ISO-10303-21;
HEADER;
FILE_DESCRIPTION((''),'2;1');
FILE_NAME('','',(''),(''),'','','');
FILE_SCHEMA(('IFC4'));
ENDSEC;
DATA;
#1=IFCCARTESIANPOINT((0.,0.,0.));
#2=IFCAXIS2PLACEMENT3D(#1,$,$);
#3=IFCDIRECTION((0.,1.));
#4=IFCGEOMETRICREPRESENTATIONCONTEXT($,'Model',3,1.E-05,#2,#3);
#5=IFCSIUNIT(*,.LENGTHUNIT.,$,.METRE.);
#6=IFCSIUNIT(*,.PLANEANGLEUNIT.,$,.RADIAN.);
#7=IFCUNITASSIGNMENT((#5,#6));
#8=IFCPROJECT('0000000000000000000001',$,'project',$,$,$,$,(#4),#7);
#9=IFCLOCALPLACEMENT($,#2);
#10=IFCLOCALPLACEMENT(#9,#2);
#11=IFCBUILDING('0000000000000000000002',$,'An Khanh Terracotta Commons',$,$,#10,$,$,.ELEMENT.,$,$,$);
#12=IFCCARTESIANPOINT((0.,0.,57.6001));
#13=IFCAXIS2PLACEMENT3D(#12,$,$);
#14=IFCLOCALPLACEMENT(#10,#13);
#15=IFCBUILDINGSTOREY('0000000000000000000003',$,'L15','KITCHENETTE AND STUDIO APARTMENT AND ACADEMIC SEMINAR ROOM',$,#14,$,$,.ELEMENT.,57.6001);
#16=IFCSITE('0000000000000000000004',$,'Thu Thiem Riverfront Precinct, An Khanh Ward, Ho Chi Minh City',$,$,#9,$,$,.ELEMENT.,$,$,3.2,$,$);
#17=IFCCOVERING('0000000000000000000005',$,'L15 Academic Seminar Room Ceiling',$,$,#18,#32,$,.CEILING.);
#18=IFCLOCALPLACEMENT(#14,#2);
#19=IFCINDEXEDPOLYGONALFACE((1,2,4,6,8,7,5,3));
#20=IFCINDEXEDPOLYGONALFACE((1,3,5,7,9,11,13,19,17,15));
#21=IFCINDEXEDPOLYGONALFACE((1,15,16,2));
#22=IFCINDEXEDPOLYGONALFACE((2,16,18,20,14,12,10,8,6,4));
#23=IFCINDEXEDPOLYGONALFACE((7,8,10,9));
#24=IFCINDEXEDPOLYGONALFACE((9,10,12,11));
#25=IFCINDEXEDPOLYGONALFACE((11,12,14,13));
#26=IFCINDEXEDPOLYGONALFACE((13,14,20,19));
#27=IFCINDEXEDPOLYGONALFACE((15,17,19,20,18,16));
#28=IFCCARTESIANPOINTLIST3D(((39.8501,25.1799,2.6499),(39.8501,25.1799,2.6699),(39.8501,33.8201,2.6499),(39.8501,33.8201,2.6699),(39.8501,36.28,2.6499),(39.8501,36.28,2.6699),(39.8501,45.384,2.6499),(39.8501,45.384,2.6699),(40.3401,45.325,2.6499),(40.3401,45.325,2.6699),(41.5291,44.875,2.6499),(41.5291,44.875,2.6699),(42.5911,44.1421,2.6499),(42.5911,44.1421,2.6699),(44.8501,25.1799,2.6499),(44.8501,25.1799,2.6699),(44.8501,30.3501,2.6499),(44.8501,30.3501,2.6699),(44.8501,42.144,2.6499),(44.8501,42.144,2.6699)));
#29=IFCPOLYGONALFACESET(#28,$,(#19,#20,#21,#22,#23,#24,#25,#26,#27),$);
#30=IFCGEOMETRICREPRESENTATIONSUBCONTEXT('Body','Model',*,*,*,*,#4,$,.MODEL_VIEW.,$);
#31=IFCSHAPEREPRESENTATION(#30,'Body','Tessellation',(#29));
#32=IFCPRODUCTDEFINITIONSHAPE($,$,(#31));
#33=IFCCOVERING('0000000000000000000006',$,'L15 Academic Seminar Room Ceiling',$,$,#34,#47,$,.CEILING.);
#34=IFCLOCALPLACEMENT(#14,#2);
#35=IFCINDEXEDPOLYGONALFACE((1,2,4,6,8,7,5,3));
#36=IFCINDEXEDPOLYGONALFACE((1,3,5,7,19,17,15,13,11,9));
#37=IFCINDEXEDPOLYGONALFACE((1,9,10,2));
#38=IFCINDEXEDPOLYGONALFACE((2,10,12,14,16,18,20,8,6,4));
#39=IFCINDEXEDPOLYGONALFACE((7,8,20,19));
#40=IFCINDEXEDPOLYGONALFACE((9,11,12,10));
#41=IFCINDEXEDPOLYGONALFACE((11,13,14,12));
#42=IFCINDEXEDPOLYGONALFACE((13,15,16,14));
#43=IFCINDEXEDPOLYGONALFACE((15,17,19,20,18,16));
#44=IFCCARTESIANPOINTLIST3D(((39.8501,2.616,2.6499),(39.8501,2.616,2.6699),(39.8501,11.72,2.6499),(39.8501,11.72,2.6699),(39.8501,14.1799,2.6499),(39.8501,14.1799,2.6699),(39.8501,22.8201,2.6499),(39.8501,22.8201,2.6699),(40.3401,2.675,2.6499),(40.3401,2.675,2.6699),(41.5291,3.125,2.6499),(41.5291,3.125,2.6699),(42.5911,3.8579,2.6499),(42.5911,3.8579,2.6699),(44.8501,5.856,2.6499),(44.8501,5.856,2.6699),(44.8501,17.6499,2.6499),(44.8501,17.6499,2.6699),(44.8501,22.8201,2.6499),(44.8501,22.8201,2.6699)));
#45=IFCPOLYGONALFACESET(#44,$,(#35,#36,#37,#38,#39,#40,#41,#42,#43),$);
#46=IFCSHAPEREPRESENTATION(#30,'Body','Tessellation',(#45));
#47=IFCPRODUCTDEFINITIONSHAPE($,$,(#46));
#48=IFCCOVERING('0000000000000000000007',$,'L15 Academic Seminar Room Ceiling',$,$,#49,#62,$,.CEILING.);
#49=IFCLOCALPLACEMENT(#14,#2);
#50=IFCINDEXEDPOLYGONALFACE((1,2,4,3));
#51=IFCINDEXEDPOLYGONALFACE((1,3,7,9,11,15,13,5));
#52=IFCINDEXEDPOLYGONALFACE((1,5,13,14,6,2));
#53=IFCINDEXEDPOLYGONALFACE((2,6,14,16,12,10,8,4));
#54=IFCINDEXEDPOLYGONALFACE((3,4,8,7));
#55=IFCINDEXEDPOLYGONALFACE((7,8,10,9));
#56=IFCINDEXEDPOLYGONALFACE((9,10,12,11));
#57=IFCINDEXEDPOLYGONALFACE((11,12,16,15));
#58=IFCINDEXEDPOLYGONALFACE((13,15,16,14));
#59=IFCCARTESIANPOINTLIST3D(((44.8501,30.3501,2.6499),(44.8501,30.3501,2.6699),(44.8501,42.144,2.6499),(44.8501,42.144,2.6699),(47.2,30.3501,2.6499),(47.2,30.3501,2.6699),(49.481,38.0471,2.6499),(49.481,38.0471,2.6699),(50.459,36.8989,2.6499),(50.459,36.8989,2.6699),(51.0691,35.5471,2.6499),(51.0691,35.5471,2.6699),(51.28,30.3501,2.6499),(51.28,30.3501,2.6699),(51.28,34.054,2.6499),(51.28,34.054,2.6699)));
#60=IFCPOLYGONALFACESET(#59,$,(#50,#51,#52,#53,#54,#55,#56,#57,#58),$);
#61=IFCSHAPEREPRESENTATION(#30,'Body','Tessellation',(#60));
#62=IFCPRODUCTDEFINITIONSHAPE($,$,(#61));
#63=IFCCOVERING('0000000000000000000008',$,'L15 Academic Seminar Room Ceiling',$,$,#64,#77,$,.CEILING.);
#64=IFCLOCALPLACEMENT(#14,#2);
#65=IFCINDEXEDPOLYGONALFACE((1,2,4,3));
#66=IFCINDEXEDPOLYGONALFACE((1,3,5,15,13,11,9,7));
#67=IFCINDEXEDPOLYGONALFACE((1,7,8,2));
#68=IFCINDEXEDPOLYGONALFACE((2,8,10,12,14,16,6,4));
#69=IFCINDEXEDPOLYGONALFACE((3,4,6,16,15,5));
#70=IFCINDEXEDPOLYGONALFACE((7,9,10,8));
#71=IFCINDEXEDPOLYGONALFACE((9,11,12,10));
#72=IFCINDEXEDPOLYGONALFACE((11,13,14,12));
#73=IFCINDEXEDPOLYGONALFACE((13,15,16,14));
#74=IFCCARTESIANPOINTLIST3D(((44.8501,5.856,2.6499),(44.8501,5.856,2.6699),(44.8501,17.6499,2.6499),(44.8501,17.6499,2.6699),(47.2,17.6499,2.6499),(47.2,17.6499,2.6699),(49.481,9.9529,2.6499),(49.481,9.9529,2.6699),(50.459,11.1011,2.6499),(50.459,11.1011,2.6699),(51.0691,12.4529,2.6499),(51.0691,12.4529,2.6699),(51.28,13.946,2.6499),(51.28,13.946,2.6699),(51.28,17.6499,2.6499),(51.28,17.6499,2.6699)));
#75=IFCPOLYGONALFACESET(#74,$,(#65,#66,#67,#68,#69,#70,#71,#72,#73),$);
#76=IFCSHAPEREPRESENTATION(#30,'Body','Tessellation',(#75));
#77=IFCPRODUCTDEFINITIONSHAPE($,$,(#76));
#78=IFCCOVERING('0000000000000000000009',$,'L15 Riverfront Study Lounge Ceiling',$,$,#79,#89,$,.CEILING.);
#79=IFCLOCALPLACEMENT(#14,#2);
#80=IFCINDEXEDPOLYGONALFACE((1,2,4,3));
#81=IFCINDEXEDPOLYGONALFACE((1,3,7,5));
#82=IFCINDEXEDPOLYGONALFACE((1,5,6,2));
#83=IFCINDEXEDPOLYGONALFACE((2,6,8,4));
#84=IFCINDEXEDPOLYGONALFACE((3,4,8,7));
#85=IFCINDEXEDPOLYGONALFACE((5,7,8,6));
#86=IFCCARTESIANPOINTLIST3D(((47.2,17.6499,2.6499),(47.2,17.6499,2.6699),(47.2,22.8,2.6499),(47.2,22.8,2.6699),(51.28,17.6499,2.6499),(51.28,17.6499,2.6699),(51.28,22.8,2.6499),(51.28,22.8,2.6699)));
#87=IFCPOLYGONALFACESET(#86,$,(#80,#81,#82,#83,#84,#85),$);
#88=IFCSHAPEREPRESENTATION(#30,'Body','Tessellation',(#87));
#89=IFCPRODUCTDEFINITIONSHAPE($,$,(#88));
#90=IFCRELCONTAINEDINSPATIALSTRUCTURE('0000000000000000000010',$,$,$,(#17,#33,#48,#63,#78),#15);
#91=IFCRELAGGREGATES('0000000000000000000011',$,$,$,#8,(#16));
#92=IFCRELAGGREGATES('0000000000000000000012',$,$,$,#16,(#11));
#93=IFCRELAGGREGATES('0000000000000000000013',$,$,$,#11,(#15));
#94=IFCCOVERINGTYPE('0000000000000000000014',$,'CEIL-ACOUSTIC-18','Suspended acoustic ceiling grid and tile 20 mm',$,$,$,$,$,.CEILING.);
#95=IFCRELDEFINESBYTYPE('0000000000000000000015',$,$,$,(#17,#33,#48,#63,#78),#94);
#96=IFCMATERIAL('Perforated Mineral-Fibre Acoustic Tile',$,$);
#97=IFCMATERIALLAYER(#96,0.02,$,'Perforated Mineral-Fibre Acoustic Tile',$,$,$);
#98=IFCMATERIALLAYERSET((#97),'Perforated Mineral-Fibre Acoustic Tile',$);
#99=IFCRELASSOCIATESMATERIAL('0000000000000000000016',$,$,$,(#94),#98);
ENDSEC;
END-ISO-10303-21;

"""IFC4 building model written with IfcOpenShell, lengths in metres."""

from ifc_helpers import new_model, si_unit, direction, frame, origin, place, context, subcontext, project, spatial, polyline, outline, extrude, material, layer, layer_set, type_object, element, save


model = new_model("IFC4")

# Units and contexts
model_context = context("Model", 3, precision=1e-05, world=origin(), true_north=direction((0.0, 1.0)))
body_context = subcontext(model_context, "Body", "Model", "MODEL_VIEW")
ifc_project = project(units=[si_unit("LENGTHUNIT", "METRE"), si_unit("PLANEANGLEUNIT", "RADIAN")], contexts=[model_context])

# Site, building, storey
site_placement = place(None, origin())
site = spatial("IfcSite", under=ifc_project, at=site_placement, Name="Thu Thiem Riverfront Precinct, An Khanh Ward, Ho Chi Minh City", CompositionType="ELEMENT", RefElevation=3.2)
building_placement = place(site_placement, origin())
building = spatial("IfcBuilding", under=site, at=building_placement, Name="An Khanh Terracotta Commons", CompositionType="ELEMENT")
storey_placement = place(building_placement, frame((0.0, 0.0, 57.6001)))
storey = spatial("IfcBuildingStorey", under=building, at=storey_placement, Name="L15", Description="KITCHENETTE AND STUDIO APARTMENT AND ACADEMIC SEMINAR ROOM", CompositionType="ELEMENT", Elevation=57.6001)

# Coverings
ifc_material_1 = material(Name="Perforated Mineral-Fibre Acoustic Tile")
ifc_layer_1 = layer(ifc_material_1, 0.02, Name="Perforated Mineral-Fibre Acoustic Tile")
ifc_layer_set_1 = layer_set([ifc_layer_1], Name="Perforated Mineral-Fibre Acoustic Tile")
covering_type = type_object("IfcCoveringType", Name="CEIL-ACOUSTIC-18", Description="Suspended acoustic ceiling grid and tile 20 mm", PredefinedType="CEILING", material=ifc_layer_set_1)
covering_1_placement = place(storey_placement, frame((0.0, 0.0, 2.6499)))
element("IfcCovering", 1, at=covering_1_placement, inside=storey, type_object=covering_type, Name="L15 Academic Seminar Room Ceiling", PredefinedType="CEILING", context=body_context, shape_type="SweptSolid", body=[
    extrude(outline(polyline([(40.3401, 45.325), (41.5291, 44.875), (42.5911, 44.1421), (44.8501, 42.144), (44.8501, 30.3501), (44.8501, 25.1799), (39.8501, 25.1799), (39.8501, 33.8201), (39.8501, 36.28), (39.8501, 45.384), (40.3401, 45.325)])), origin(), (0.0, 0.0, 1.0), 0.02),
])
covering_2_placement = place(storey_placement, frame((0.0, 0.0, 2.6499)))
element("IfcCovering", 2, at=covering_2_placement, inside=storey, type_object=covering_type, Name="L15 Academic Seminar Room Ceiling", PredefinedType="CEILING", context=body_context, shape_type="SweptSolid", body=[
    extrude(outline(polyline([(42.5911, 3.8579), (41.5291, 3.125), (40.3401, 2.675), (39.8501, 2.616), (39.8501, 11.72), (39.8501, 14.1799), (39.8501, 22.8201), (44.8501, 22.8201), (44.8501, 17.6499), (44.8501, 5.856), (42.5911, 3.8579)])), origin(), (0.0, 0.0, 1.0), 0.02),
])
covering_3_placement = place(storey_placement, frame((0.0, 0.0, 2.6499)))
element("IfcCovering", 3, at=covering_3_placement, inside=storey, type_object=covering_type, Name="L15 Academic Seminar Room Ceiling", PredefinedType="CEILING", context=body_context, shape_type="SweptSolid", body=[
    extrude(outline(polyline([(49.481, 38.0471), (50.459, 36.8989), (51.0691, 35.5471), (51.28, 34.054), (51.28, 30.3501), (47.2, 30.3501), (44.8501, 30.3501), (44.8501, 42.144), (49.481, 38.0471)])), origin(), (0.0, 0.0, 1.0), 0.02),
])
covering_4_placement = place(storey_placement, frame((0.0, 0.0, 2.6499)))
element("IfcCovering", 4, at=covering_4_placement, inside=storey, type_object=covering_type, Name="L15 Academic Seminar Room Ceiling", PredefinedType="CEILING", context=body_context, shape_type="SweptSolid", body=[
    extrude(outline(polyline([(51.28, 13.946), (51.0691, 12.4529), (50.459, 11.1011), (49.481, 9.9529), (44.8501, 5.856), (44.8501, 17.6499), (47.2, 17.6499), (51.28, 17.6499), (51.28, 13.946)])), origin(), (0.0, 0.0, 1.0), 0.02),
])
covering_5_placement = place(storey_placement, frame((0.0, 0.0, 2.6499)))
element("IfcCovering", 5, at=covering_5_placement, inside=storey, type_object=covering_type, Name="L15 Riverfront Study Lounge Ceiling", PredefinedType="CEILING", context=body_context, shape_type="SweptSolid", body=[
    extrude(outline(polyline([(51.28, 17.6499), (47.2, 17.6499), (47.2, 22.8), (51.28, 22.8), (51.28, 17.6499)])), origin(), (0.0, 0.0, 1.0), 0.02),
])

save(model, "model.ifc")
